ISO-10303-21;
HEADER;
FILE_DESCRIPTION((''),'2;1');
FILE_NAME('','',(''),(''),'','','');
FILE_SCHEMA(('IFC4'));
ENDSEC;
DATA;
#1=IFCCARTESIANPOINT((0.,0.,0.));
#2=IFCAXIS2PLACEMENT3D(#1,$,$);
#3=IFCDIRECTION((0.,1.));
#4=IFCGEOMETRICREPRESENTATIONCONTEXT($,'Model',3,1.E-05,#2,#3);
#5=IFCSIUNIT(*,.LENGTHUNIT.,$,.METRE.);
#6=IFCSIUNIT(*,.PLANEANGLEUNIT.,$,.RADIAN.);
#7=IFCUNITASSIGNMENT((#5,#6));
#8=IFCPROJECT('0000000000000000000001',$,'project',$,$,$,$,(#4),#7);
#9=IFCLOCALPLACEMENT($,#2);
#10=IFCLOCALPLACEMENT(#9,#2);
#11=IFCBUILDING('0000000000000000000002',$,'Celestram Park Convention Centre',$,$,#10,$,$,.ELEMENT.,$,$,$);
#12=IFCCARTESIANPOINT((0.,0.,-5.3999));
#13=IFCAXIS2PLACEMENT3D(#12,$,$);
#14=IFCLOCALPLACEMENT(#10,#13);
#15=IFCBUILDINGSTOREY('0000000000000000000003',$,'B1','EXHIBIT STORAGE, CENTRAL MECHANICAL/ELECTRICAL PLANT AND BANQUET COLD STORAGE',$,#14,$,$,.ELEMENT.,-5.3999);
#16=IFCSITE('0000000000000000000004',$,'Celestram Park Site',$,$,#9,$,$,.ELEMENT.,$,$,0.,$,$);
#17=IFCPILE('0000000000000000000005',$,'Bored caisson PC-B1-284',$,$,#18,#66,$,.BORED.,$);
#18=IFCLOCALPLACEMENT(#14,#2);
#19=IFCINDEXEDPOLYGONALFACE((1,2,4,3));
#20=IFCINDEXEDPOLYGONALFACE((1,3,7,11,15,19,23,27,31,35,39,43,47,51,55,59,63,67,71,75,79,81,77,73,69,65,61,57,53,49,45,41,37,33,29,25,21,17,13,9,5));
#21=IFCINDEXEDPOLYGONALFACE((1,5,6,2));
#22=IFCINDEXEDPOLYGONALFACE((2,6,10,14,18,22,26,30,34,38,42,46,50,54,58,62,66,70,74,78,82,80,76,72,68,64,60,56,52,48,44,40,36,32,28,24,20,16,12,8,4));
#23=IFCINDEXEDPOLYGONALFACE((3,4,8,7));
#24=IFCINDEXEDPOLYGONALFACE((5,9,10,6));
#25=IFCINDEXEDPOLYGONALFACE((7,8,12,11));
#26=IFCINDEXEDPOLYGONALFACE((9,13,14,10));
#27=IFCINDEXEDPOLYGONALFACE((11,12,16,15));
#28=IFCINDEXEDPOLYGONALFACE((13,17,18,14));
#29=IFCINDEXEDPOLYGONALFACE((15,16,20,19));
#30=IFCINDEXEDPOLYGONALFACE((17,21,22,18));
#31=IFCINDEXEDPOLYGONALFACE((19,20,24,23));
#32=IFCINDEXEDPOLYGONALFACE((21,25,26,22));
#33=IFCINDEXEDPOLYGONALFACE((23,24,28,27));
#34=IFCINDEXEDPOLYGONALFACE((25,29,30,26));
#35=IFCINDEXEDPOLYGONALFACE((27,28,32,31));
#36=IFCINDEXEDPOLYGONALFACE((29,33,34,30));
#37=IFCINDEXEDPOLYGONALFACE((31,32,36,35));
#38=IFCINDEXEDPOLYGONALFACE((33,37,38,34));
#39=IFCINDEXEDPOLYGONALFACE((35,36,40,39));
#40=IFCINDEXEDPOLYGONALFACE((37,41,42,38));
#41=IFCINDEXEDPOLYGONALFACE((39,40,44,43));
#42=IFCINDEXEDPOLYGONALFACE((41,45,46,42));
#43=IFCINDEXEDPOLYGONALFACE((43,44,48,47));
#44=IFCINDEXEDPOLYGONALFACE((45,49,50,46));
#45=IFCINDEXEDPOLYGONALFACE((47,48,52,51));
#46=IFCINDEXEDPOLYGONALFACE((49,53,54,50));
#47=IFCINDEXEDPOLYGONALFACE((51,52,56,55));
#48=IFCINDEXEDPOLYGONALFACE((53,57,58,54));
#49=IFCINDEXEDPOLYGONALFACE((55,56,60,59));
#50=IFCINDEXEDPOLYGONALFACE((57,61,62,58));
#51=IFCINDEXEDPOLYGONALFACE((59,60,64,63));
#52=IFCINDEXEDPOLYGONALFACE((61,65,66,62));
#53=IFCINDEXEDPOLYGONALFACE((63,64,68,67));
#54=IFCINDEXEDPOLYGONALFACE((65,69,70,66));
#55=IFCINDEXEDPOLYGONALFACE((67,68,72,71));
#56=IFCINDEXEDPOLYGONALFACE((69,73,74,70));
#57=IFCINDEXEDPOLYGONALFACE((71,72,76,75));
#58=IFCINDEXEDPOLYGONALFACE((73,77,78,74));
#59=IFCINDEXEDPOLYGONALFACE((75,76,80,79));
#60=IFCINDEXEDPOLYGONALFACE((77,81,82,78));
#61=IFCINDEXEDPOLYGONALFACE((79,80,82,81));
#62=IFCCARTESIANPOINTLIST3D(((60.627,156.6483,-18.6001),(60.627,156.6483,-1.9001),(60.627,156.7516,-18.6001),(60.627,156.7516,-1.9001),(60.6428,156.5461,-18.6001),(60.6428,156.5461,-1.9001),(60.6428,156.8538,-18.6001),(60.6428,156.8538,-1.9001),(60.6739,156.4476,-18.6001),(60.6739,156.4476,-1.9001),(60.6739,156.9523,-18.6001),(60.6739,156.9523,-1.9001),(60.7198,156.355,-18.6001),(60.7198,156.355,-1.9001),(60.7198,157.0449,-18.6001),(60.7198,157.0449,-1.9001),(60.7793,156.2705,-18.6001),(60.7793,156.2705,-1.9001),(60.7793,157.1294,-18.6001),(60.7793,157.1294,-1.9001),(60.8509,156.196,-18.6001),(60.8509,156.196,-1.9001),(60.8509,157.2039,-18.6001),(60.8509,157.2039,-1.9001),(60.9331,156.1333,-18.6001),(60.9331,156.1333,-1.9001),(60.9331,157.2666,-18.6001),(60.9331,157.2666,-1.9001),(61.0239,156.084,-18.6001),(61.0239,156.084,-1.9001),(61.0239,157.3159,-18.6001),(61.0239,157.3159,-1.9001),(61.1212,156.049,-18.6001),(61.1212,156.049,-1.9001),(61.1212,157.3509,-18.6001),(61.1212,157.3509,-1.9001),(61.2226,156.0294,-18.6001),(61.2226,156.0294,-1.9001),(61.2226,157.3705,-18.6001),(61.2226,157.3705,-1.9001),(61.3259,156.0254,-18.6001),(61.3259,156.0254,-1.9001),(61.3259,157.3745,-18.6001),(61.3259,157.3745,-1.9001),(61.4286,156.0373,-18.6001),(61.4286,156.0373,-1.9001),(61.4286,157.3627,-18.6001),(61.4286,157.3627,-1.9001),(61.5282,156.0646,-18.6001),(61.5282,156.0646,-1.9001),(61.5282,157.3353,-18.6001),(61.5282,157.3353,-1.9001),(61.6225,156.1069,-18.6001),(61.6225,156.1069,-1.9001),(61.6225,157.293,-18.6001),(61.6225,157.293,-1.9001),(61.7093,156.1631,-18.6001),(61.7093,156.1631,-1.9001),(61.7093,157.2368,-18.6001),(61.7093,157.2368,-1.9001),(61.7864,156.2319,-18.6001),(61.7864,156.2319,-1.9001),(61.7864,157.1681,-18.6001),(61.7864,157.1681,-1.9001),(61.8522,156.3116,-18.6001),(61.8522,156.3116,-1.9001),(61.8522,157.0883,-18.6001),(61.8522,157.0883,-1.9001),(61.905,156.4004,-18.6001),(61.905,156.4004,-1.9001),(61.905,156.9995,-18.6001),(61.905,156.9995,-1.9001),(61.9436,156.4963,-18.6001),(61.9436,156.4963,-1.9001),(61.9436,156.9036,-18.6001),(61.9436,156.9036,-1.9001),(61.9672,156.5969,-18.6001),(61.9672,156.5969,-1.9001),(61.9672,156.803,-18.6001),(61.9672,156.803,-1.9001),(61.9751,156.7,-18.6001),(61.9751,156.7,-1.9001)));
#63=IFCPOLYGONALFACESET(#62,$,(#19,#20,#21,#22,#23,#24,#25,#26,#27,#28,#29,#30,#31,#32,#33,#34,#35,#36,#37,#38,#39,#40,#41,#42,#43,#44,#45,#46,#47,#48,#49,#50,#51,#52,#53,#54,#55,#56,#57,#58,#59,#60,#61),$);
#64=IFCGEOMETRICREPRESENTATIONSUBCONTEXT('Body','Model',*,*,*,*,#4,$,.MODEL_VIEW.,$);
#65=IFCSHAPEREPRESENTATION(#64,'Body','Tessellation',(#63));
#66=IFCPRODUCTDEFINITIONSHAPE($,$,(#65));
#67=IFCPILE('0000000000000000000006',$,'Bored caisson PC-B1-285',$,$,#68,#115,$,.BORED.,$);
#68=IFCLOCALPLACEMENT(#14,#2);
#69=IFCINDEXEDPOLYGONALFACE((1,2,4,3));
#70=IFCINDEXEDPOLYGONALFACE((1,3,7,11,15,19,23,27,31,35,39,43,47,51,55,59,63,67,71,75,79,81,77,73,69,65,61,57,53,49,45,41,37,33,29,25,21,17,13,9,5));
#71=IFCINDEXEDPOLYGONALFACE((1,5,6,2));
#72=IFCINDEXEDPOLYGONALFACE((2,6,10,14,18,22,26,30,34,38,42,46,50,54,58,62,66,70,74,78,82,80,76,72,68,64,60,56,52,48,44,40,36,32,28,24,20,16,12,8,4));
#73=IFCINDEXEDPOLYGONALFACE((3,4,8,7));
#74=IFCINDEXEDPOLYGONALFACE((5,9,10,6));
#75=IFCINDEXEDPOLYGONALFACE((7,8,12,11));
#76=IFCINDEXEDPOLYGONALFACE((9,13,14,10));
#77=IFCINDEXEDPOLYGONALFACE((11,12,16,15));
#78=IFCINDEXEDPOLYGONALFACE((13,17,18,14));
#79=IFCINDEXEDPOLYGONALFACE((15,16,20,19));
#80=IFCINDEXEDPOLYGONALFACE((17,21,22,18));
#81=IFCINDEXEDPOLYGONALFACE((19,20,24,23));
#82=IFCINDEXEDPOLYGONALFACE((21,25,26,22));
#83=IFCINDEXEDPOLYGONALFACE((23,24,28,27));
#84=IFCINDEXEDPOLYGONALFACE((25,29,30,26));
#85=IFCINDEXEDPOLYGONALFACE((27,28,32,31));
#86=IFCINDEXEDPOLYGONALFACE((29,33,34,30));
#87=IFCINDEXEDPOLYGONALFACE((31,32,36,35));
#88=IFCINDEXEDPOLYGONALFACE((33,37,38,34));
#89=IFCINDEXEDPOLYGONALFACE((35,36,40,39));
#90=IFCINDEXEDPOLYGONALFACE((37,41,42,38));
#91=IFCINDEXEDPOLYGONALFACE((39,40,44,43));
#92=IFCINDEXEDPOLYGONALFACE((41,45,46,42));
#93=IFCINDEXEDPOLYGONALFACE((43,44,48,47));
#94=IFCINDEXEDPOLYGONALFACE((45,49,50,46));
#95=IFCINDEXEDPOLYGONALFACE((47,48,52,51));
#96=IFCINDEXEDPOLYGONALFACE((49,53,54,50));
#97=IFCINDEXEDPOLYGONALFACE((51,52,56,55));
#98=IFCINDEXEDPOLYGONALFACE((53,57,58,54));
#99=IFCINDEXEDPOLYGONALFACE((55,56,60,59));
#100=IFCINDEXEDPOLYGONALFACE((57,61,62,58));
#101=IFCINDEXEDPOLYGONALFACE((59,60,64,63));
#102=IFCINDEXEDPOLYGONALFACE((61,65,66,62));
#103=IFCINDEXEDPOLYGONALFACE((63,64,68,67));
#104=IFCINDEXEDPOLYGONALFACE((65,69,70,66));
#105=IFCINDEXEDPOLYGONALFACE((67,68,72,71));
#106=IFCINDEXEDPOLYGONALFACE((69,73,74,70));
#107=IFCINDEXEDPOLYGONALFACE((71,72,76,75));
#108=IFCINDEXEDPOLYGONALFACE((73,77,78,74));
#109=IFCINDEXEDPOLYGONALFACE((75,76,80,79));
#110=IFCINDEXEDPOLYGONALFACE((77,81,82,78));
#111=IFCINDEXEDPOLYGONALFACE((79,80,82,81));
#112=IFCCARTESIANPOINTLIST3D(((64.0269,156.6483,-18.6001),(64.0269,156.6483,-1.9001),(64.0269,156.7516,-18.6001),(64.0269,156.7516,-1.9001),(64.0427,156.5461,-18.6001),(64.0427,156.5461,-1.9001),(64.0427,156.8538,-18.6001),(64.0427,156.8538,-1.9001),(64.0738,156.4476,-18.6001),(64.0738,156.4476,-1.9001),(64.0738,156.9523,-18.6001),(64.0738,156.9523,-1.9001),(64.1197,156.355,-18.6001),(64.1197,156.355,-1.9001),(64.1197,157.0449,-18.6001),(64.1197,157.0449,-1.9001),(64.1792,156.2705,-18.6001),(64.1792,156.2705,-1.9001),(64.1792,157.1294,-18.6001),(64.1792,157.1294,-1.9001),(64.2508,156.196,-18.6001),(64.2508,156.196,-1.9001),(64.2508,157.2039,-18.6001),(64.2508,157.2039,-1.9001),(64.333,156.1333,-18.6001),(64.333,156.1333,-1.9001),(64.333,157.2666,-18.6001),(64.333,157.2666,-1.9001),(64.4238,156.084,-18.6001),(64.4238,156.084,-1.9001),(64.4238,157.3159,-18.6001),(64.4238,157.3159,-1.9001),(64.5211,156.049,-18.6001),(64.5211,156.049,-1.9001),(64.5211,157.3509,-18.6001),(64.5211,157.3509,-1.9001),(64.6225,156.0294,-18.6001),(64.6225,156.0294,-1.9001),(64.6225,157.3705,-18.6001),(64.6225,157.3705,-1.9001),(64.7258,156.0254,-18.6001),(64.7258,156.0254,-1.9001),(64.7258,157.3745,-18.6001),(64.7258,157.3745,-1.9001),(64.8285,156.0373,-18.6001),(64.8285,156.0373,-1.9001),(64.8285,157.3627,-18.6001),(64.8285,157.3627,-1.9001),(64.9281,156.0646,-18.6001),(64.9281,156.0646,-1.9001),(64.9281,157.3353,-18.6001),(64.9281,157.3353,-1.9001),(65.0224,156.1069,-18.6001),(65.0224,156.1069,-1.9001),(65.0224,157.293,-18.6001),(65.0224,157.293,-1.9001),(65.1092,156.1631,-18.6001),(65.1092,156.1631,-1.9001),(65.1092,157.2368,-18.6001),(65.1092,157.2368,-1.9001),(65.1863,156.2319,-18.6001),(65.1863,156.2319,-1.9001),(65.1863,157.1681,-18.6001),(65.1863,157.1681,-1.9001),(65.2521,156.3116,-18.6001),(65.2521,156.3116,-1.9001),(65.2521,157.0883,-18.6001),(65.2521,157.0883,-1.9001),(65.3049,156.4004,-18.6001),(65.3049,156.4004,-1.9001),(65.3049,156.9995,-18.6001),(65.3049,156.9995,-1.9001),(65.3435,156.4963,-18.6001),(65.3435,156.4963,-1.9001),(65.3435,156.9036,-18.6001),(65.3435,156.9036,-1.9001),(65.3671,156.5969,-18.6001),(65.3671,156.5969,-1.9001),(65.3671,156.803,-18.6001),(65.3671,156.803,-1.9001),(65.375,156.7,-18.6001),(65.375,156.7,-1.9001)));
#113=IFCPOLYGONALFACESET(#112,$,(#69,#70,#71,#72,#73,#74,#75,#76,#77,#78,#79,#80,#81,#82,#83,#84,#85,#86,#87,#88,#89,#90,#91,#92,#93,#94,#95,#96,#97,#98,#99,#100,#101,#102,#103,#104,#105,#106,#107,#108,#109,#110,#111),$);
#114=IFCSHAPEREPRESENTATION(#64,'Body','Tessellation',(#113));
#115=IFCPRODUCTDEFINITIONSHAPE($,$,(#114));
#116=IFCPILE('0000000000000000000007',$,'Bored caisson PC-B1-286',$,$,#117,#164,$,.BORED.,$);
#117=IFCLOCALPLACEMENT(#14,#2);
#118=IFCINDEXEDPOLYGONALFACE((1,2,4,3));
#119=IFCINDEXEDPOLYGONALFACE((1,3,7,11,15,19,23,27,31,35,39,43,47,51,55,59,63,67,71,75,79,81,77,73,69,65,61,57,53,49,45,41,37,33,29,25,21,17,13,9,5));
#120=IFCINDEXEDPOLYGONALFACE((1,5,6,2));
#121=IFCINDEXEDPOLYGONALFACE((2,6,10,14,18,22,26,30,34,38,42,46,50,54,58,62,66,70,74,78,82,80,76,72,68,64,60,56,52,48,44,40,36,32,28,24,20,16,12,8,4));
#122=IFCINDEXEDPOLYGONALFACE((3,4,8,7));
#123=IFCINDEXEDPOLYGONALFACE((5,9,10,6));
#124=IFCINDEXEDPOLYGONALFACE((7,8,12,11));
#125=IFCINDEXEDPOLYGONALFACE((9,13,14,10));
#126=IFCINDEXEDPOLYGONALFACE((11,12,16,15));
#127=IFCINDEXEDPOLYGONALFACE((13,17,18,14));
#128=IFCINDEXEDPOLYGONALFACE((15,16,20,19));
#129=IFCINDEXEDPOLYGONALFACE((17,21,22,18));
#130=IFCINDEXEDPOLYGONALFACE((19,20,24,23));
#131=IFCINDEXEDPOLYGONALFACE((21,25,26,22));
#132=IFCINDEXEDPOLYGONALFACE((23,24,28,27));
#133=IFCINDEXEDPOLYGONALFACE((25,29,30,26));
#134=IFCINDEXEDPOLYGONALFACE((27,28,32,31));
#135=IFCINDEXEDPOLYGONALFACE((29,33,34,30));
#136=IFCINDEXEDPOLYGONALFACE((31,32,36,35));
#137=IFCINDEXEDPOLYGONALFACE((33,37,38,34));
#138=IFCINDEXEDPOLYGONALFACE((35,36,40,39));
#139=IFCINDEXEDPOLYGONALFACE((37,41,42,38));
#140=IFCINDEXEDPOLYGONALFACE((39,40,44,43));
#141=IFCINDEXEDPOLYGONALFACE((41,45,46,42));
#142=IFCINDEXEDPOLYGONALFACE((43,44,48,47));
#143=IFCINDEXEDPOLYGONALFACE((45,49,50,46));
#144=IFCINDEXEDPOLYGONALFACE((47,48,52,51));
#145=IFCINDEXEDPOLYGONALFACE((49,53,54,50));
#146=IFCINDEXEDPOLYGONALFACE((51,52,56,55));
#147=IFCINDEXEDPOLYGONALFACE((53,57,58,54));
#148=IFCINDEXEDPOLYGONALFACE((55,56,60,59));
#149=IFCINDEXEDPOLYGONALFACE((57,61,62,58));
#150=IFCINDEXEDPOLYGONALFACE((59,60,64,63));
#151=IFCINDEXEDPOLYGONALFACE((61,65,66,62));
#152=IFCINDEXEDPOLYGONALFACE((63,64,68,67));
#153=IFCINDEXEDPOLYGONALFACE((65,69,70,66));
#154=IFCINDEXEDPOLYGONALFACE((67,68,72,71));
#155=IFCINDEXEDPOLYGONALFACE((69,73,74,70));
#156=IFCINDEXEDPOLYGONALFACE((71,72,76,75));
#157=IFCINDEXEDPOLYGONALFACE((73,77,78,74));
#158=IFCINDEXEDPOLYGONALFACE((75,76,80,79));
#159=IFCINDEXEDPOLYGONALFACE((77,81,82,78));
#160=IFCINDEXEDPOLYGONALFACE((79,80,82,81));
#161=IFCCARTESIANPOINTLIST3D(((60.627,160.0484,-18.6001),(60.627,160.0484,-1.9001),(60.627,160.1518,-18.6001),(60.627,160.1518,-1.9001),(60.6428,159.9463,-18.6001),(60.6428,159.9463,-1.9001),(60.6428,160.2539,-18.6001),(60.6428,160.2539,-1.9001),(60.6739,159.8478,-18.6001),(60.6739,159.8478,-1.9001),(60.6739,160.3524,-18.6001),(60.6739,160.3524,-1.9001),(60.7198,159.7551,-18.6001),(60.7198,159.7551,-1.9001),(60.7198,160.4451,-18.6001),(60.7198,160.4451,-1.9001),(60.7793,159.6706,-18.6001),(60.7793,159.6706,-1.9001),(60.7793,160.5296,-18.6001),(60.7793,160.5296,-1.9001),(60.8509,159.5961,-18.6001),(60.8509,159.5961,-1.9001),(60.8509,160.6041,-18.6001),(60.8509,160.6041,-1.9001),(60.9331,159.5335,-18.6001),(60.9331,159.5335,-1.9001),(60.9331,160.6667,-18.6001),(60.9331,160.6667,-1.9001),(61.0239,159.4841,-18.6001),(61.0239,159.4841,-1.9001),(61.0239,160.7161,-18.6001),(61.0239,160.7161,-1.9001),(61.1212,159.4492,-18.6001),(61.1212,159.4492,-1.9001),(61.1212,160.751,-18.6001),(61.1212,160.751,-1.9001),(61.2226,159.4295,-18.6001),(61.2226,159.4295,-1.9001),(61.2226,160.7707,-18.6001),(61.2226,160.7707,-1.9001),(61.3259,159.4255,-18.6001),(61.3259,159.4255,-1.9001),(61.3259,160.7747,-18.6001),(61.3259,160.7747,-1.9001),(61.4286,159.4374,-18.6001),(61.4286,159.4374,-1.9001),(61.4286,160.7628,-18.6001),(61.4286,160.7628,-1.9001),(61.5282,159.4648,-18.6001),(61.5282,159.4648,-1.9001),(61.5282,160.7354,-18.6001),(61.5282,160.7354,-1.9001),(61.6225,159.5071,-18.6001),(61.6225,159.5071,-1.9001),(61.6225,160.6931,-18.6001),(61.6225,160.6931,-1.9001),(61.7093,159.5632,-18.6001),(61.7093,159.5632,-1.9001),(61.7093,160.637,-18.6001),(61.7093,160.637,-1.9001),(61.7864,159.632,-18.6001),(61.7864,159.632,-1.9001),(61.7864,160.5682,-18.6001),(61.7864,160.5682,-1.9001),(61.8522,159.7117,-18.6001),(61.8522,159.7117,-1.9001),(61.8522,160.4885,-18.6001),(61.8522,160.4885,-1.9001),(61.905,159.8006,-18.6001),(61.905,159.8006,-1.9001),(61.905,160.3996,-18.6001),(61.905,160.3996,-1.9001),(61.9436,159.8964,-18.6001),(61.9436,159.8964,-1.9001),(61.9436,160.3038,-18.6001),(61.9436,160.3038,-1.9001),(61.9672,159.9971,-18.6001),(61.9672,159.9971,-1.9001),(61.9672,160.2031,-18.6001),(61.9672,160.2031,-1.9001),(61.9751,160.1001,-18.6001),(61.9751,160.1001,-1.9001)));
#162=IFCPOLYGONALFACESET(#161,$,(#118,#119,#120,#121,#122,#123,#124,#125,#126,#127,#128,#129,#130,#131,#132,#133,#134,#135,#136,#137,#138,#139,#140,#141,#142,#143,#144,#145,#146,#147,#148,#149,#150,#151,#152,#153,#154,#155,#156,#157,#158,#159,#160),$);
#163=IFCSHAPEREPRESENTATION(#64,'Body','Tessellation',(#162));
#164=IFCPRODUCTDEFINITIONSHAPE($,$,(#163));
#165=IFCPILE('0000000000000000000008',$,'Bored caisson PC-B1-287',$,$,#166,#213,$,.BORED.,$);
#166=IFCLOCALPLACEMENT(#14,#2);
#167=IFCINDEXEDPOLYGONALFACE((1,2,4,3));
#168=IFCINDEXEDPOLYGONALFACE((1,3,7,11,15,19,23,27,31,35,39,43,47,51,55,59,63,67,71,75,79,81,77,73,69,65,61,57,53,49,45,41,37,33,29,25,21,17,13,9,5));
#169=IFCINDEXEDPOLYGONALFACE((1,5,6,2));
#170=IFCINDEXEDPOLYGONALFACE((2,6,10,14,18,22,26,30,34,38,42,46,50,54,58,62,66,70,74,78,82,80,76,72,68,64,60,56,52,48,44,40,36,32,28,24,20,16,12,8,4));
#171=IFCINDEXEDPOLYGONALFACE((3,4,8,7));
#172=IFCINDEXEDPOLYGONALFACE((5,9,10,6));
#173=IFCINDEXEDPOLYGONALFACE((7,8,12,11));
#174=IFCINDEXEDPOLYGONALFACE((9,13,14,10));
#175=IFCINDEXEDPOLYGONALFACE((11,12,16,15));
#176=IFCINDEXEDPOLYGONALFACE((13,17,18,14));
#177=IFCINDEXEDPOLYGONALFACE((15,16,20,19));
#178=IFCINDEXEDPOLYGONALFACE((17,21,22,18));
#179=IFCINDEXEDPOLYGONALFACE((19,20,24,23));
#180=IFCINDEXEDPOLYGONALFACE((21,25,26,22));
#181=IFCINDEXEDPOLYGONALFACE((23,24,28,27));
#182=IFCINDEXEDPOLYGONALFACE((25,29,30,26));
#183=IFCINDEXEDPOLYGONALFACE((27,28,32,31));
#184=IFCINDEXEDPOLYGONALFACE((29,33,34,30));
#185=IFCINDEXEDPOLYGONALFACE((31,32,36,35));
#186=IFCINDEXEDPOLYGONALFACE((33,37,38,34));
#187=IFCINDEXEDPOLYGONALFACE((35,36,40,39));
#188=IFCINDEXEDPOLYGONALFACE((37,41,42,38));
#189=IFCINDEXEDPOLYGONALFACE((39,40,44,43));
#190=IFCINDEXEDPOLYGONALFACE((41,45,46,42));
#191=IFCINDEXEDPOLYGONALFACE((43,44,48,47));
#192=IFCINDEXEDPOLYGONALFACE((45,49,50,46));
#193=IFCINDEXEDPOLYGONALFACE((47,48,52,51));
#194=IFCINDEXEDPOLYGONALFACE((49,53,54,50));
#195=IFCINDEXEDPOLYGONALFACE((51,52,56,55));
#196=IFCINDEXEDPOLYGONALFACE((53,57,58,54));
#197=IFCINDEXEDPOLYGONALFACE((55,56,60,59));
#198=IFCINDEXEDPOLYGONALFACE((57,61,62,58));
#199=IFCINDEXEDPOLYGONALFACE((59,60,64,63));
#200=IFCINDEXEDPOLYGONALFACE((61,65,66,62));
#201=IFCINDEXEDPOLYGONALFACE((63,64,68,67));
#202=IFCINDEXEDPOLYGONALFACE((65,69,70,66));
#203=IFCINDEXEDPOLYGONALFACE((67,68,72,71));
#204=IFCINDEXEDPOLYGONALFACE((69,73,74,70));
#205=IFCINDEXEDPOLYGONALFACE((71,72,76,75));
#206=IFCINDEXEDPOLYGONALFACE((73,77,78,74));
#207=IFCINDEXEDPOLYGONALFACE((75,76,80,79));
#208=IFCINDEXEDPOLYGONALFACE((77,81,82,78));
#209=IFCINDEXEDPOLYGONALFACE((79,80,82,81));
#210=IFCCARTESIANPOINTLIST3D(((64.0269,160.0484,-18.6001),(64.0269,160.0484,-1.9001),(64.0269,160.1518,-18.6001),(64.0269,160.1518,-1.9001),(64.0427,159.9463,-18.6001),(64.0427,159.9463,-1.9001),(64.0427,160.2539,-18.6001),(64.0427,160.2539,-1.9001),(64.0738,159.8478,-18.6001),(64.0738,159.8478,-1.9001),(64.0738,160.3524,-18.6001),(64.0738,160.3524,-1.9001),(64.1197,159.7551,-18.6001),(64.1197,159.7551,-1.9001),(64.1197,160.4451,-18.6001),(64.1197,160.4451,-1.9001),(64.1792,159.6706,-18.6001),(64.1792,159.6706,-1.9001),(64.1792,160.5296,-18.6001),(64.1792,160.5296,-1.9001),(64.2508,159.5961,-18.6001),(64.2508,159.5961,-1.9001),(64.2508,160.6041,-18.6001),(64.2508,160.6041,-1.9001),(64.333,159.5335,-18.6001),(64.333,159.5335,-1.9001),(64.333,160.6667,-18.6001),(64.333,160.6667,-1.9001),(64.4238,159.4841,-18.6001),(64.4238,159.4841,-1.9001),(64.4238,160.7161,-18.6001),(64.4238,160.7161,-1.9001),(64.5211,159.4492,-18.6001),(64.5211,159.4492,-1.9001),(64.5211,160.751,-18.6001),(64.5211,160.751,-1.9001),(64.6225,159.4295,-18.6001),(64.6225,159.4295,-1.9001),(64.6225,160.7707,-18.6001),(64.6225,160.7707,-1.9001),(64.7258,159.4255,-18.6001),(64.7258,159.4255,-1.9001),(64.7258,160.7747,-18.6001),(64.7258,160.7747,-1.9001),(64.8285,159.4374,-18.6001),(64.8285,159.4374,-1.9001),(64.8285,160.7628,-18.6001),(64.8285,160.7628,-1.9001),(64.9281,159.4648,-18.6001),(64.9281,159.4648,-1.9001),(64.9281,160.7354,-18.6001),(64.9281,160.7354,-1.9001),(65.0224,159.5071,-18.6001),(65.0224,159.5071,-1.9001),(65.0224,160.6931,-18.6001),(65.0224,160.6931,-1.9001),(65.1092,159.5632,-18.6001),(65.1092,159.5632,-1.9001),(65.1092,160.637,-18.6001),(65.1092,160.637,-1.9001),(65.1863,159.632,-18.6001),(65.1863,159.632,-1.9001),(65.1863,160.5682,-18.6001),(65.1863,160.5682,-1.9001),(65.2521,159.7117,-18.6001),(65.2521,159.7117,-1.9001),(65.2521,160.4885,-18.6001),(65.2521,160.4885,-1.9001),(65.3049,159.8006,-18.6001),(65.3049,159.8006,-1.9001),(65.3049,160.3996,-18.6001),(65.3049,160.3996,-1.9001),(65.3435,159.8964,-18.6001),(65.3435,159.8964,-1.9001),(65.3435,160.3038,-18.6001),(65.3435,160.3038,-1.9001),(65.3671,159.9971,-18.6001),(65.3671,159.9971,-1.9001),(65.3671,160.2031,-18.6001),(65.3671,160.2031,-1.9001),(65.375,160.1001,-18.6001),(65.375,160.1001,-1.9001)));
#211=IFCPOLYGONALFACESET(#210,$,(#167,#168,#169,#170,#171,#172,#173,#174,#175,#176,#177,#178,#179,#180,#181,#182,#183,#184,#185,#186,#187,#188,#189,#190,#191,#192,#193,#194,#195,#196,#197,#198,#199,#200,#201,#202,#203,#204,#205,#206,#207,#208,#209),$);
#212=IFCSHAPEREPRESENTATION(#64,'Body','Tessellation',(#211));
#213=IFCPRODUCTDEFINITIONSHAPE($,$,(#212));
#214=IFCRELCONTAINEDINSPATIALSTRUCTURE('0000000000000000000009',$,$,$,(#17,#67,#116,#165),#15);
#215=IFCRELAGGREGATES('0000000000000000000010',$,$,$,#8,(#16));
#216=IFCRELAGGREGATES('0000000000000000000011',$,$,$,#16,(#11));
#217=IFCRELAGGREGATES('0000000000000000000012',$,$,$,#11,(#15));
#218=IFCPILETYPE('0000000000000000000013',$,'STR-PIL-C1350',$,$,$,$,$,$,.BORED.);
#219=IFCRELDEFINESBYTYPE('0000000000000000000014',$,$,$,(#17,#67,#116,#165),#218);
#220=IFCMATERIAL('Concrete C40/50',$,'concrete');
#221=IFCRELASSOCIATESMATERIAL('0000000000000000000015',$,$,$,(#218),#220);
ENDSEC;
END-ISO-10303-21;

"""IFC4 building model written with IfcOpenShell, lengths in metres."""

from ifc_helpers import new_model, si_unit, direction, frame, origin, origin_2d, place, context, subcontext, project, spatial, circle, extrude, material, material_profile, profile_set, type_object, element, save


model = new_model("IFC4")

# Units and contexts
model_context = context("Model", 3, precision=1e-05, world=origin(), true_north=direction((0.0, 1.0)))
body_context = subcontext(model_context, "Body", "Model", "MODEL_VIEW")
ifc_project = project(units=[si_unit("LENGTHUNIT", "METRE"), si_unit("PLANEANGLEUNIT", "RADIAN")], contexts=[model_context])

# Site, building, storey
site_placement = place(None, origin())
site = spatial("IfcSite", under=ifc_project, at=site_placement, Name="Celestram Park Site", CompositionType="ELEMENT", RefElevation=0.0)
building_placement = place(site_placement, origin())
building = spatial("IfcBuilding", under=site, at=building_placement, Name="Celestram Park Convention Centre", CompositionType="ELEMENT")
storey_placement = place(building_placement, frame((0.0, 0.0, -5.3999)))
storey = spatial("IfcBuildingStorey", under=building, at=storey_placement, Name="B1", Description="EXHIBIT STORAGE, CENTRAL MECHANICAL/ELECTRICAL PLANT AND BANQUET COLD STORAGE", CompositionType="ELEMENT", Elevation=-5.3999)

# Shared definitions
ifc_material_1 = material(Name="Concrete C40/50", Category="concrete")

# Piles
ifc_material_profile_1 = material_profile(ifc_material_1, circle(Radius=0.675, at=origin_2d()), Name="CAISSON1350")
ifc_profile_set_1 = profile_set([ifc_material_profile_1], Name="Concrete C40/50")
pile_type = type_object("IfcPileType", Name="STR-PIL-C1350", PredefinedType="BORED", material=ifc_profile_set_1)
for number, where, z_axis, x_axis, name in (
    (1, (61.3, 156.7, -1.9001), (0.0, 0.0, -1.0), (1.0, 0.0, 0.0), "Bored caisson PC-B1-284"),
    (2, (64.7, 156.7, -1.9001), (0.0, 0.0, -1.0), (1.0, 0.0, 0.0), "Bored caisson PC-B1-285"),
    (3, (61.3, 160.1001, -1.9001), (0.0, 0.0, -1.0), (1.0, 0.0, 0.0), "Bored caisson PC-B1-286"),
    (4, (64.7, 160.1001, -1.9001), (0.0, 0.0, -1.0), (1.0, 0.0, 0.0), "Bored caisson PC-B1-287"),
):
    element("IfcPile", number, at=place(storey_placement, frame(where, z_axis=z_axis, x_axis=x_axis)), inside=storey, type_object=pile_type, Name=name, PredefinedType="BORED", context=body_context, shape_type="SweptSolid", body=[
        extrude(circle(Radius=0.675, at=origin_2d()), origin(), (0.0, 0.0, 1.0), 16.7),
    ])

save(model, "model.ifc")
